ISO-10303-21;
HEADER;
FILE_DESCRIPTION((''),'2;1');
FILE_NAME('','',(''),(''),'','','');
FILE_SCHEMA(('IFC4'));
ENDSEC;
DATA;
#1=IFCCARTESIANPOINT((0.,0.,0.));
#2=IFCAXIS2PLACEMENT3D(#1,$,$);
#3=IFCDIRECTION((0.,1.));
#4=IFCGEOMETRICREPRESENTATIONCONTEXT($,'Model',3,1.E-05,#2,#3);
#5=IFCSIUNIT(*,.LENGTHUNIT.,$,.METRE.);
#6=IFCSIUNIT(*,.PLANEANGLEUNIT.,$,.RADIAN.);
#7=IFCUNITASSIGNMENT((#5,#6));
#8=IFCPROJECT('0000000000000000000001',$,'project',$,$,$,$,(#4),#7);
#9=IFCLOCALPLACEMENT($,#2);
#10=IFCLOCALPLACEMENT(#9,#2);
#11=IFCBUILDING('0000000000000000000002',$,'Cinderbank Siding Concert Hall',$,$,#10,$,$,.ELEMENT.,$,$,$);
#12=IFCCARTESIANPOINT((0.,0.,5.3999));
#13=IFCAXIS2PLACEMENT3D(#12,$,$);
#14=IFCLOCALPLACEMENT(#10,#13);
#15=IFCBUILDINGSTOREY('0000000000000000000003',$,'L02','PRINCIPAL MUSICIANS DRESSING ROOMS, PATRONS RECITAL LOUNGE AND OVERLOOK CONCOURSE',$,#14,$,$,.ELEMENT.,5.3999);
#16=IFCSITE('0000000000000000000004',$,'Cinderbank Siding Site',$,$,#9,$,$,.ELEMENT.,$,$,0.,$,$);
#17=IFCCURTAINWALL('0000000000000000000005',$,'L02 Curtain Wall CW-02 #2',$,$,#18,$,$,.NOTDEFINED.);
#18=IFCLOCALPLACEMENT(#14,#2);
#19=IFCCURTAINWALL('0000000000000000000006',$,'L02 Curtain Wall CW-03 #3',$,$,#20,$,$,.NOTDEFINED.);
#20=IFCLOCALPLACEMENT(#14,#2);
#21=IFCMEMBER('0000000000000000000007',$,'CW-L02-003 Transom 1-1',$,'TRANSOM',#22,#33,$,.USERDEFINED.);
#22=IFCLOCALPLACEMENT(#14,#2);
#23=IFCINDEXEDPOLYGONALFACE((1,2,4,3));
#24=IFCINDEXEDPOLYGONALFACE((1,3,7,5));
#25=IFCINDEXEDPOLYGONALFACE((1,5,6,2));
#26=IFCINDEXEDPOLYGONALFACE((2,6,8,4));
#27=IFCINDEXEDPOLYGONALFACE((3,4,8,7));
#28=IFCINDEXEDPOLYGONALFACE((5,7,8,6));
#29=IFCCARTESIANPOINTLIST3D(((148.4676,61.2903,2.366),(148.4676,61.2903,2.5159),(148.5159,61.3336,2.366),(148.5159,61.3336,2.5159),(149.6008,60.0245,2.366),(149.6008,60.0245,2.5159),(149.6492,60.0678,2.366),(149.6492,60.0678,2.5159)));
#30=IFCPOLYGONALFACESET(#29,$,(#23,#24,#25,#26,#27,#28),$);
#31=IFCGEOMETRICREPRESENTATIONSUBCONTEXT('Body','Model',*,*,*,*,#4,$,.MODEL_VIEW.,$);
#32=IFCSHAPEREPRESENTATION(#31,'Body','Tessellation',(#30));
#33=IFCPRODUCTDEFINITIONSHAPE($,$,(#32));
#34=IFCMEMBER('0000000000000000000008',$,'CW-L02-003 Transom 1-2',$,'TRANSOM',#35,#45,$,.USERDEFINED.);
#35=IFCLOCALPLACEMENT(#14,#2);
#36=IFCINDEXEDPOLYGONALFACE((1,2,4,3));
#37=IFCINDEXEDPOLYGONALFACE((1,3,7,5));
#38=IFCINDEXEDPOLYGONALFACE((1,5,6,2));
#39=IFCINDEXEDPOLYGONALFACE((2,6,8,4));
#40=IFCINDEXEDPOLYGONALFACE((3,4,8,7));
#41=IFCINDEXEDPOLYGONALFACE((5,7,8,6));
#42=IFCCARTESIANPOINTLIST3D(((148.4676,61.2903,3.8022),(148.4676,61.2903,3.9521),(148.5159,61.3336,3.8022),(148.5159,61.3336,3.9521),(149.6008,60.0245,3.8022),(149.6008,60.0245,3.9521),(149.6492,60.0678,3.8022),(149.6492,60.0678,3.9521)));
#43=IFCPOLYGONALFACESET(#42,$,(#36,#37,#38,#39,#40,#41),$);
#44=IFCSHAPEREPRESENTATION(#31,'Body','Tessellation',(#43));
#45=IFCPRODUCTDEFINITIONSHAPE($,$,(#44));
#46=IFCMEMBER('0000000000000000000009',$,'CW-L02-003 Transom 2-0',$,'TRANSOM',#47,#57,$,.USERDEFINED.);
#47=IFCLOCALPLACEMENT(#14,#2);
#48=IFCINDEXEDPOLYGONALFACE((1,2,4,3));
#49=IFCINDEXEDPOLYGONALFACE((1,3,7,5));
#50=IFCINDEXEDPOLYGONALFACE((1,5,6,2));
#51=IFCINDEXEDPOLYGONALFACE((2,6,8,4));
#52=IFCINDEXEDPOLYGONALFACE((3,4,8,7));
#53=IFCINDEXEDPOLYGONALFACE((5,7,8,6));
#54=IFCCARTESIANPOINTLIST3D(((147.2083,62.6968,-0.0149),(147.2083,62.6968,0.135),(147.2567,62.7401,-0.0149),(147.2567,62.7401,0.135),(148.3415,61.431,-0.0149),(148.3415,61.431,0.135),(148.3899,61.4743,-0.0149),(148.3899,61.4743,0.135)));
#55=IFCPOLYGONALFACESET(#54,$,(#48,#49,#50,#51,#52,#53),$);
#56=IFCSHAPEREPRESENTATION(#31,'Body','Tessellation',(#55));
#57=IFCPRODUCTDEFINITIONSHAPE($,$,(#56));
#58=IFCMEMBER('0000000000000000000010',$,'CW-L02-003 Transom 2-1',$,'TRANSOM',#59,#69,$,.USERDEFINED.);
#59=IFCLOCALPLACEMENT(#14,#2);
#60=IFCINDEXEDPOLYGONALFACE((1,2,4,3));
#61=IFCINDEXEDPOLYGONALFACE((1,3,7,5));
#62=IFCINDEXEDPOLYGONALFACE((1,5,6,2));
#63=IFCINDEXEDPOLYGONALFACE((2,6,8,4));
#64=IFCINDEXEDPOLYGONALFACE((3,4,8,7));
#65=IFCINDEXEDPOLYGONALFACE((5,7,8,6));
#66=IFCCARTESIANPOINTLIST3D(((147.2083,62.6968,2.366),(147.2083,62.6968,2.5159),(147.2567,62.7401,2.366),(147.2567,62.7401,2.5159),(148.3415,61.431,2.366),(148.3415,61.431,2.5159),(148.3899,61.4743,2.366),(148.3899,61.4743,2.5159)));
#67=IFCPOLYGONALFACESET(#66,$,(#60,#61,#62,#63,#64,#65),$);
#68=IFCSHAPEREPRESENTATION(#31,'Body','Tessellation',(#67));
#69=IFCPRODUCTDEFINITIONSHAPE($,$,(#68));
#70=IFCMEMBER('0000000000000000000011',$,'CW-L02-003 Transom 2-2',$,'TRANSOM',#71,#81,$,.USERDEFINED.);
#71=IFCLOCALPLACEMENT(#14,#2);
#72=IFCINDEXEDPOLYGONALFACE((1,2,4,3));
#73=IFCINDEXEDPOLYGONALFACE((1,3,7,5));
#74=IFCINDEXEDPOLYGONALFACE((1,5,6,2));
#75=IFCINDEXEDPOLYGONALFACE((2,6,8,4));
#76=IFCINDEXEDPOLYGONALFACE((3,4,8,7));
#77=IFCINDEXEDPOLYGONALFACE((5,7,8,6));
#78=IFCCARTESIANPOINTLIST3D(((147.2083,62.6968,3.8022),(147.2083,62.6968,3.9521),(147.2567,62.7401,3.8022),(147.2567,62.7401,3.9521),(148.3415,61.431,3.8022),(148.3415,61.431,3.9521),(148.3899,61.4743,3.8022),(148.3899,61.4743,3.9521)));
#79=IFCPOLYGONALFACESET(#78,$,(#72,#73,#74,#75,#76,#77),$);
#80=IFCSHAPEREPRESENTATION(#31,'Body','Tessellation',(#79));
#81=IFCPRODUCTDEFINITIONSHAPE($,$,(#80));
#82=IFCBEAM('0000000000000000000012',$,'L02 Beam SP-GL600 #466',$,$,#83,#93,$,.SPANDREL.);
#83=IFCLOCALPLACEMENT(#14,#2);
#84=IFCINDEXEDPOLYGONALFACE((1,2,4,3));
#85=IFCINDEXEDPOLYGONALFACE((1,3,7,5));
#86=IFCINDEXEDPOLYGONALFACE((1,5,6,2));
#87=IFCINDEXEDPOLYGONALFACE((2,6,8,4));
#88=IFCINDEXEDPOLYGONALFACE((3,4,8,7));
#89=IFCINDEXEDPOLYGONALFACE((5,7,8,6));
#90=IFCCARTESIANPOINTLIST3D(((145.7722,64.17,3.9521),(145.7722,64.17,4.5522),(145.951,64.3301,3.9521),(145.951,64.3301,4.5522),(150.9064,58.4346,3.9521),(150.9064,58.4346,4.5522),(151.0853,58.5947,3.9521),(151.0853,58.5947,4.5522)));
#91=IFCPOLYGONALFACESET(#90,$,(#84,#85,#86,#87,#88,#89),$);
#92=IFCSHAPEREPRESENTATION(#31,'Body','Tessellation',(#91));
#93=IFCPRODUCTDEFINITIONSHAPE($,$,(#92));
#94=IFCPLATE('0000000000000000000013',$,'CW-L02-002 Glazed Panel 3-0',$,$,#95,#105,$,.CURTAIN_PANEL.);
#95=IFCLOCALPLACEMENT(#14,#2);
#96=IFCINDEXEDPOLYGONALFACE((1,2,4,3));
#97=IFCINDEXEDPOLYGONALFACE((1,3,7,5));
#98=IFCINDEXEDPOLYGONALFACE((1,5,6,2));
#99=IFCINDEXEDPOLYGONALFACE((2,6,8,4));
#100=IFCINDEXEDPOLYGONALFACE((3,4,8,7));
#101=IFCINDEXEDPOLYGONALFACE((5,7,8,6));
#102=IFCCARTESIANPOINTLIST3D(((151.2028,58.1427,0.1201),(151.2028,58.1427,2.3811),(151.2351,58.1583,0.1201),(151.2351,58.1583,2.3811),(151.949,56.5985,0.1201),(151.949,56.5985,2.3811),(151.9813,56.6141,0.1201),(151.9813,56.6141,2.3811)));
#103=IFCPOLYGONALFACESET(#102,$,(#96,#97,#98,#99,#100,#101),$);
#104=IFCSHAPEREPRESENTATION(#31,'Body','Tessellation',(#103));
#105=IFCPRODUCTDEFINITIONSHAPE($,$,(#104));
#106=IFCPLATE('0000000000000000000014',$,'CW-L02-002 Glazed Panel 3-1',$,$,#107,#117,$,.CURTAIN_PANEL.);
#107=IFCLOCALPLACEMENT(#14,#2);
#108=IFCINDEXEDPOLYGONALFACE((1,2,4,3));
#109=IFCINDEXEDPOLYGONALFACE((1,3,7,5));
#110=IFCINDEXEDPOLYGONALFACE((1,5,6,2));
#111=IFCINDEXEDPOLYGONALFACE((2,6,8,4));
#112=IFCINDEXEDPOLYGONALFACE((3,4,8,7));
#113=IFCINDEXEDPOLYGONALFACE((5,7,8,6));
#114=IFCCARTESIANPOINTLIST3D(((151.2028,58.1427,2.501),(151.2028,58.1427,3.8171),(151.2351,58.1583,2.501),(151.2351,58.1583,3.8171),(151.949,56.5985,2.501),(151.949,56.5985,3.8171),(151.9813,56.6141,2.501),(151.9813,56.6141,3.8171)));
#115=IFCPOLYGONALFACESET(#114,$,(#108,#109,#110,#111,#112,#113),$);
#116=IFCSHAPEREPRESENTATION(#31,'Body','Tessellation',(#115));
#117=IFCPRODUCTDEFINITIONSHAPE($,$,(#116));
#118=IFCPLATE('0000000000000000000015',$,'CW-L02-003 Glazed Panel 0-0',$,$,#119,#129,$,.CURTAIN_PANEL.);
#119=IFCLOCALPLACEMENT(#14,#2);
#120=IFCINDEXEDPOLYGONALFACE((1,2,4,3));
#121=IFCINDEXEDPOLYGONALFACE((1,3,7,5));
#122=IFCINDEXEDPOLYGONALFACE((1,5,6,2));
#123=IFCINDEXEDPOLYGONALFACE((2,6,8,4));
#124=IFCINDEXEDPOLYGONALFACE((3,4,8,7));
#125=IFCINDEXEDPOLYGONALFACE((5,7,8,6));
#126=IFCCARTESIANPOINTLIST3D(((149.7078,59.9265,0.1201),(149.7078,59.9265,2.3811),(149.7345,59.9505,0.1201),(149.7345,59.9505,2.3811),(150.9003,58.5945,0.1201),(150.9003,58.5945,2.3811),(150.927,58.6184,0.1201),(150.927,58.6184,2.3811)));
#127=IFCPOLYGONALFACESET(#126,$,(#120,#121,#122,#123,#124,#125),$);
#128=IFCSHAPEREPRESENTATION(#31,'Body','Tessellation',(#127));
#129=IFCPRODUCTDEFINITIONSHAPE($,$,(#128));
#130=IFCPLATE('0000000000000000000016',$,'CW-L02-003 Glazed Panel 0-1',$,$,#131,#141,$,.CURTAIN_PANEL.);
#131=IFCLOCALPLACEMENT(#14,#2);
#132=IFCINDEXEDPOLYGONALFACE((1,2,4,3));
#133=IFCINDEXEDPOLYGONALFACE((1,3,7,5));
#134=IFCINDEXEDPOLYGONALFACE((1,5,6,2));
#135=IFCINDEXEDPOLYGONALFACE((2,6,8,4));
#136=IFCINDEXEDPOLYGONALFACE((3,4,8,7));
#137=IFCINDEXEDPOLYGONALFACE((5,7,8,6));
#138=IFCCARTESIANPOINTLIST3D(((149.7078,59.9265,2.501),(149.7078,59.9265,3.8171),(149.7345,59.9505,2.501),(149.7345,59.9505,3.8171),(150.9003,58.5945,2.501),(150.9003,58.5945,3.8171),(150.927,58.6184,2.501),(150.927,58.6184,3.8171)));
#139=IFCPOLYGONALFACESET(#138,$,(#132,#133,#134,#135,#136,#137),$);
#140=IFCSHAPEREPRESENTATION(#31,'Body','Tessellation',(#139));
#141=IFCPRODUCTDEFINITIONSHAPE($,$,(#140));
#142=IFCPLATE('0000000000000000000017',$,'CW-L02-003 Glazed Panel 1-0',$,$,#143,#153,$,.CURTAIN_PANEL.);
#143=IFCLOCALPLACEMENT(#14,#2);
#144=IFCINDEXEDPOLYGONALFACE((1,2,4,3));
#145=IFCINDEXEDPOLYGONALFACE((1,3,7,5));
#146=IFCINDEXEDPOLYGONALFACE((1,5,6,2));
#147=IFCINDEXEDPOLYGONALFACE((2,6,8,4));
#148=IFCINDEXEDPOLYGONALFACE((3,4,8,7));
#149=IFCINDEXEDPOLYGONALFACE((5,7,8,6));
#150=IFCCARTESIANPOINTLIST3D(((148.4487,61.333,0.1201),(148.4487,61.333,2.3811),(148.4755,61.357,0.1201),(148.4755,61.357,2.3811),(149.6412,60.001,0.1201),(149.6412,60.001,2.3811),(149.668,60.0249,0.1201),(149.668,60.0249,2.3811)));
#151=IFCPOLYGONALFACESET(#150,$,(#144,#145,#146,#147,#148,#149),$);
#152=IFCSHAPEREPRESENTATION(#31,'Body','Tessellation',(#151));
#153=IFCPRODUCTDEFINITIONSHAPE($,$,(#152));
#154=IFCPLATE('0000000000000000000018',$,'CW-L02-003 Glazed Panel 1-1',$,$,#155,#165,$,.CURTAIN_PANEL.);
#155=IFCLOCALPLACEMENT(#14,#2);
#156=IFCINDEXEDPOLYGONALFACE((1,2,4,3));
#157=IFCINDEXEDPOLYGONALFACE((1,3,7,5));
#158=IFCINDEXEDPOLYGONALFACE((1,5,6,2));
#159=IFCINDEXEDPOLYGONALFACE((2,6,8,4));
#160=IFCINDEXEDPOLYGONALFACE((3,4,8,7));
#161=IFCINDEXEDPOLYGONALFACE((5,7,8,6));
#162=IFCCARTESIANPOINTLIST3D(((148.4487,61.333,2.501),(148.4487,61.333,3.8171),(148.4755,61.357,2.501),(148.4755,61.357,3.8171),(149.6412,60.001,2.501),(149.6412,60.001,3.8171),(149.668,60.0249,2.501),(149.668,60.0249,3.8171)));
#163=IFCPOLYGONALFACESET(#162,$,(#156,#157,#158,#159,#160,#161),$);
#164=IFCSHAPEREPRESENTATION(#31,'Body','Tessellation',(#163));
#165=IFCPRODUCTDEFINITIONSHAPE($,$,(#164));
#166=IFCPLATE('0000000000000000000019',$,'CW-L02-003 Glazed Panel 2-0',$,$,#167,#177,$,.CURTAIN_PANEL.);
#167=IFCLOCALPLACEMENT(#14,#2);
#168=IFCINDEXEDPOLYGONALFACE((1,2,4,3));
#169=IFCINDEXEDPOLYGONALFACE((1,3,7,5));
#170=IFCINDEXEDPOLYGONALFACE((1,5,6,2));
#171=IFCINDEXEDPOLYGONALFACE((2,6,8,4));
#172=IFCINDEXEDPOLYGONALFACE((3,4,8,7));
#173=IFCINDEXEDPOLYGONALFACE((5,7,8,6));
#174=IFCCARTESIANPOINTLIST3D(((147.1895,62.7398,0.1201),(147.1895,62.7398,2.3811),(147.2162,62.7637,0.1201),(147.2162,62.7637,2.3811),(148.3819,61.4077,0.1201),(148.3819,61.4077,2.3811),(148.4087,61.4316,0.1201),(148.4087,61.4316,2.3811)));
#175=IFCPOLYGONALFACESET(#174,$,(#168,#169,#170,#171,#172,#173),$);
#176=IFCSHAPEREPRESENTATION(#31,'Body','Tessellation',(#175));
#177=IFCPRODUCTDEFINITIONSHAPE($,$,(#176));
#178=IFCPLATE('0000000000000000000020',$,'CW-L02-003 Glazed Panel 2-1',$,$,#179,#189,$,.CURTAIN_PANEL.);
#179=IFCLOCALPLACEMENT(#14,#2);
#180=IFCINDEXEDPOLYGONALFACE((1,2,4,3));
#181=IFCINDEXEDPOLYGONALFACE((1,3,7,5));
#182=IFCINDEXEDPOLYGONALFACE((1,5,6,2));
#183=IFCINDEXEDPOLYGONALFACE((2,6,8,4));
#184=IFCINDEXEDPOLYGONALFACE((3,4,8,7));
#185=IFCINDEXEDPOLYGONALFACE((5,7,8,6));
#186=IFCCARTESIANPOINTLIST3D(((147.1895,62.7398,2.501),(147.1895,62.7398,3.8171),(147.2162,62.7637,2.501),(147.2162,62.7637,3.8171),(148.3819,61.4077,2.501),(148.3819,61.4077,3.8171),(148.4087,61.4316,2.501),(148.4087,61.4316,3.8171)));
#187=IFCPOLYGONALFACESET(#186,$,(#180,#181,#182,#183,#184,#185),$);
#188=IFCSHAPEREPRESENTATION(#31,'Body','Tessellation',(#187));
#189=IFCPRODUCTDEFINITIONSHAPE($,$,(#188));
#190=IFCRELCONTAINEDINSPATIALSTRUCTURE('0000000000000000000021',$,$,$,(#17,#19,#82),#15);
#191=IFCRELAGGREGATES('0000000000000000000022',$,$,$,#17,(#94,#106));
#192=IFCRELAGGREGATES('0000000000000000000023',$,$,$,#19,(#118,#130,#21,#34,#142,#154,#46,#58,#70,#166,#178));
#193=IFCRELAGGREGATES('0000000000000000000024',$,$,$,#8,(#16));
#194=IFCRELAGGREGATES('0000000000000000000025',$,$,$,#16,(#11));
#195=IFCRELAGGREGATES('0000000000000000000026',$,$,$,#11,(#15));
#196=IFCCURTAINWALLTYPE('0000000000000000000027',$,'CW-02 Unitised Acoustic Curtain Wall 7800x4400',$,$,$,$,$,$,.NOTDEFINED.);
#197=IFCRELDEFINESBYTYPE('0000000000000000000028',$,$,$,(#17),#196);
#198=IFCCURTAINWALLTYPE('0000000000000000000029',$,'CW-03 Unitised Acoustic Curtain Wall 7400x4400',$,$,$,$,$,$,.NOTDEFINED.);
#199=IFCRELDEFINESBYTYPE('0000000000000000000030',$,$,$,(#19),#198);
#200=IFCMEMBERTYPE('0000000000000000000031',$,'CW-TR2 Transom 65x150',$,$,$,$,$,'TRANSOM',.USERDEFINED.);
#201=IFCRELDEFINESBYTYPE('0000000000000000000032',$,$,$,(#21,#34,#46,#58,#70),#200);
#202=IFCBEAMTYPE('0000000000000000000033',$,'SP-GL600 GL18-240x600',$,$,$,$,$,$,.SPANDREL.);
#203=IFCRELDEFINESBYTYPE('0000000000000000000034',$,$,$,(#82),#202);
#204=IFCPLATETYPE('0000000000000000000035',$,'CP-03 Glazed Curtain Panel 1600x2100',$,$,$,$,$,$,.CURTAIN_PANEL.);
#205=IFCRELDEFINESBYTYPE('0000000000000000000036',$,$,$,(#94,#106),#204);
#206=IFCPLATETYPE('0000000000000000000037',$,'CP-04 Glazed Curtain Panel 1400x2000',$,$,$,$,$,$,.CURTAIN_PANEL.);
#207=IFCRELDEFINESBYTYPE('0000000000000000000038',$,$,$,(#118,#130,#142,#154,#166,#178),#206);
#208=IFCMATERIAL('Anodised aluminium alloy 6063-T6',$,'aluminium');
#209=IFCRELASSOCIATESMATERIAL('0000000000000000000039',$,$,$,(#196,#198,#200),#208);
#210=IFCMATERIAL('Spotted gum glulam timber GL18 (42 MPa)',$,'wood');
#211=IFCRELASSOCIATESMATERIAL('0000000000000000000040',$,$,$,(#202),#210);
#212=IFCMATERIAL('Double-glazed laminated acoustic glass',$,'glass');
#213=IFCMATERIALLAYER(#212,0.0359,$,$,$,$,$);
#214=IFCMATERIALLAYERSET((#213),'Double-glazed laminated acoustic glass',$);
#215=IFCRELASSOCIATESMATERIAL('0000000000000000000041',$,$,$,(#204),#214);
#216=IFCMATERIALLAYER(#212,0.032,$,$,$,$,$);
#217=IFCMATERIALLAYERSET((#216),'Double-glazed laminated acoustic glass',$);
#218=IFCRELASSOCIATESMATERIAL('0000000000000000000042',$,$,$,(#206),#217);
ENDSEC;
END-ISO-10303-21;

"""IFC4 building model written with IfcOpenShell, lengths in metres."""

from ifc_helpers import new_model, si_unit, direction, frame, origin, origin_2d, place, context, subcontext, project, spatial, rectangle, extrude, material, layer, layer_set, material_profile, profile_set, type_object, element, aggregate, save


model = new_model("IFC4")

# Units and contexts
model_context = context("Model", 3, precision=1e-05, world=origin(), true_north=direction((0.0, 1.0)))
body_context = subcontext(model_context, "Body", "Model", "MODEL_VIEW")
ifc_project = project(units=[si_unit("LENGTHUNIT", "METRE"), si_unit("PLANEANGLEUNIT", "RADIAN")], contexts=[model_context])

# Site, building, storey
site_placement = place(None, origin())
site = spatial("IfcSite", under=ifc_project, at=site_placement, Name="Cinderbank Siding Site", CompositionType="ELEMENT", RefElevation=0.0)
building_placement = place(site_placement, origin())
building = spatial("IfcBuilding", under=site, at=building_placement, Name="Cinderbank Siding Concert Hall", CompositionType="ELEMENT")
storey_placement = place(building_placement, frame((0.0, 0.0, 5.3999)))
storey = spatial("IfcBuildingStorey", under=building, at=storey_placement, Name="L02", Description="PRINCIPAL MUSICIANS DRESSING ROOMS, PATRONS RECITAL LOUNGE AND OVERLOOK CONCOURSE", CompositionType="ELEMENT", Elevation=5.3999)

# Curtain wall
ifc_material_1 = material(Name="Anodised aluminium alloy 6063-T6", Category="aluminium")
curtain_wall_type_1 = type_object("IfcCurtainWallType", Name="CW-02 Unitised Acoustic Curtain Wall 7800x4400", PredefinedType="NOTDEFINED", material=ifc_material_1)
curtain_wall_1_placement = place(storey_placement, origin())
curtain_wall_1 = element("IfcCurtainWall", 1, at=curtain_wall_1_placement, inside=storey, type_object=curtain_wall_type_1, Name="L02 Curtain Wall CW-02 #2", PredefinedType="NOTDEFINED")

# Curtain wall
curtain_wall_type_2 = type_object("IfcCurtainWallType", Name="CW-03 Unitised Acoustic Curtain Wall 7400x4400", PredefinedType="NOTDEFINED", material=ifc_material_1)
curtain_wall_2_placement = place(storey_placement, origin())
curtain_wall_2 = element("IfcCurtainWall", 2, at=curtain_wall_2_placement, inside=storey, type_object=curtain_wall_type_2, Name="L02 Curtain Wall CW-03 #3", PredefinedType="NOTDEFINED")

# Members
ifc_material_profile_1 = material_profile(ifc_material_1, rectangle(XDim=0.0649, YDim=0.1499, at=origin_2d()), Name="ALU-TRAN-65x150", Category="LoadBearing")
ifc_profile_set_1 = profile_set([ifc_material_profile_1], Name="Anodised aluminium alloy 6063-T6")
member_type_1 = type_object("IfcMemberType", Name="CW-TR2 Transom 65x150", ElementType="TRANSOM", PredefinedType="USERDEFINED", material=ifc_profile_set_1)
member_1_placement = place(storey_placement, frame((149.625, 60.0461, 2.4409), z_axis=(-0.667017, 0.745042, 0.0), x_axis=(-0.745042, -0.667017, 0.0)))
member_1 = element("IfcMember", 3, at=member_1_placement, type_object=member_type_1, Name="CW-L02-003 Transom 1-1", ObjectType="TRANSOM", PredefinedType="USERDEFINED", context=body_context, shape_type="SweptSolid", body=[
    extrude(rectangle(XDim=0.0649, YDim=0.1499, at=origin_2d()), origin(), (0.0, 0.0, 1.0), 1.699),
])
member_2_placement = place(storey_placement, frame((149.625, 60.0461, 3.8772), z_axis=(-0.667017, 0.745042, 0.0), x_axis=(-0.745042, -0.667017, 0.0)))
member_2 = element("IfcMember", 4, at=member_2_placement, type_object=member_type_1, Name="CW-L02-003 Transom 1-2", ObjectType="TRANSOM", PredefinedType="USERDEFINED", context=body_context, shape_type="SweptSolid", body=[
    extrude(rectangle(XDim=0.0649, YDim=0.1499, at=origin_2d()), origin(), (0.0, 0.0, 1.0), 1.699),
])
member_3_placement = place(storey_placement, frame((148.3657, 61.4526, 0.0601), z_axis=(-0.667017, 0.745042, 0.0), x_axis=(-0.745042, -0.667017, 0.0)))
member_3 = element("IfcMember", 5, at=member_3_placement, type_object=member_type_1, Name="CW-L02-003 Transom 2-0", ObjectType="TRANSOM", PredefinedType="USERDEFINED", context=body_context, shape_type="SweptSolid", body=[
    extrude(rectangle(XDim=0.0649, YDim=0.1499, at=origin_2d()), origin(), (0.0, 0.0, 1.0), 1.699),
])
member_4_placement = place(storey_placement, frame((148.3657, 61.4526, 2.4409), z_axis=(-0.667017, 0.745042, 0.0), x_axis=(-0.745042, -0.667017, 0.0)))
member_4 = element("IfcMember", 6, at=member_4_placement, type_object=member_type_1, Name="CW-L02-003 Transom 2-1", ObjectType="TRANSOM", PredefinedType="USERDEFINED", context=body_context, shape_type="SweptSolid", body=[
    extrude(rectangle(XDim=0.0649, YDim=0.1499, at=origin_2d()), origin(), (0.0, 0.0, 1.0), 1.699),
])
member_5_placement = place(storey_placement, frame((148.3657, 61.4526, 3.8772), z_axis=(-0.667017, 0.745042, 0.0), x_axis=(-0.745042, -0.667017, 0.0)))
member_5 = element("IfcMember", 7, at=member_5_placement, type_object=member_type_1, Name="CW-L02-003 Transom 2-2", ObjectType="TRANSOM", PredefinedType="USERDEFINED", context=body_context, shape_type="SweptSolid", body=[
    extrude(rectangle(XDim=0.0649, YDim=0.1499, at=origin_2d()), origin(), (0.0, 0.0, 1.0), 1.699),
])

# Beam
ifc_material_2 = material(Name="Spotted gum glulam timber GL18 (42 MPa)", Category="wood")
ifc_material_profile_2 = material_profile(ifc_material_2, rectangle(XDim=0.24, YDim=0.6001, at=origin_2d()), Name="GL18-240x600", Category="LoadBearing")
ifc_profile_set_2 = profile_set([ifc_material_profile_2], Name="Spotted gum glulam timber GL18 (42 MPa)")
beam_type_1 = type_object("IfcBeamType", Name="SP-GL600 GL18-240x600", PredefinedType="SPANDREL", material=ifc_profile_set_2)
beam_1_placement = place(storey_placement, frame((150.9958, 58.5146, 4.2522), z_axis=(-0.666986, 0.74507, 0.0), x_axis=(-0.74507, -0.666986, 0.0)))
element("IfcBeam", 8, at=beam_1_placement, inside=storey, type_object=beam_type_1, Name="L02 Beam SP-GL600 #466", PredefinedType="SPANDREL", context=body_context, shape_type="SweptSolid", body=[
    extrude(rectangle(XDim=0.24, YDim=0.6001, at=origin_2d()), origin(), (0.0, 0.0, 1.0), 7.6978),
])

# Plates
ifc_material_3 = material(Name="Double-glazed laminated acoustic glass", Category="glass")
ifc_layer_1 = layer(ifc_material_3, 0.0359)
ifc_layer_set_1 = layer_set([ifc_layer_1], Name="Double-glazed laminated acoustic glass")
plate_type_1 = type_object("IfcPlateType", Name="CP-03 Glazed Curtain Panel 1600x2100", PredefinedType="CURTAIN_PANEL", material=ifc_layer_set_1)
plate_1_placement = place(storey_placement, frame((151.592, 57.3784, 0.1201), z_axis=(0.0, 0.0, 1.0), x_axis=(-0.435102, 0.900381, 0.0)))
plate_1 = element("IfcPlate", 9, at=plate_1_placement, type_object=plate_type_1, Name="CW-L02-002 Glazed Panel 3-0", PredefinedType="CURTAIN_PANEL", context=body_context, shape_type="SweptSolid", body=[
    extrude(rectangle(XDim=1.7151, YDim=0.0359, at=origin_2d()), origin(), (0.0, 0.0, 1.0), 2.261),
])
plate_2_placement = place(storey_placement, frame((151.592, 57.3784, 2.501), z_axis=(0.0, 0.0, 1.0), x_axis=(-0.435102, 0.900381, 0.0)))
plate_2 = element("IfcPlate", 10, at=plate_2_placement, type_object=plate_type_1, Name="CW-L02-002 Glazed Panel 3-1", PredefinedType="CURTAIN_PANEL", context=body_context, shape_type="SweptSolid", body=[
    extrude(rectangle(XDim=1.7151, YDim=0.0359, at=origin_2d()), origin(), (0.0, 0.0, 1.0), 1.3162),
])
aggregate(curtain_wall_1, [plate_1, plate_2])
ifc_layer_2 = layer(ifc_material_3, 0.032)
ifc_layer_set_2 = layer_set([ifc_layer_2], Name="Double-glazed laminated acoustic glass")
plate_type_2 = type_object("IfcPlateType", Name="CP-04 Glazed Curtain Panel 1400x2000", PredefinedType="CURTAIN_PANEL", material=ifc_layer_set_2)
plate_3_placement = place(storey_placement, frame((150.3174, 59.2725, 0.1201), z_axis=(0.0, 0.0, 1.0), x_axis=(-0.666993, 0.745064, 0.0)))
plate_3 = element("IfcPlate", 11, at=plate_3_placement, type_object=plate_type_2, Name="CW-L02-003 Glazed Panel 0-0", PredefinedType="CURTAIN_PANEL", context=body_context, shape_type="SweptSolid", body=[
    extrude(rectangle(XDim=1.7878, YDim=0.0359, at=origin_2d()), origin(), (0.0, 0.0, 1.0), 2.261),
])
plate_4_placement = place(storey_placement, frame((150.3174, 59.2725, 2.501), z_axis=(0.0, 0.0, 1.0), x_axis=(-0.666993, 0.745064, 0.0)))
plate_4 = element("IfcPlate", 12, at=plate_4_placement, type_object=plate_type_2, Name="CW-L02-003 Glazed Panel 0-1", PredefinedType="CURTAIN_PANEL", context=body_context, shape_type="SweptSolid", body=[
    extrude(rectangle(XDim=1.7878, YDim=0.0359, at=origin_2d()), origin(), (0.0, 0.0, 1.0), 1.3162),
])
plate_5_placement = place(storey_placement, frame((149.0583, 60.679, 0.1201), z_axis=(0.0, 0.0, 1.0), x_axis=(-0.666993, 0.745064, 0.0)))
plate_5 = element("IfcPlate", 13, at=plate_5_placement, type_object=plate_type_2, Name="CW-L02-003 Glazed Panel 1-0", PredefinedType="CURTAIN_PANEL", context=body_context, shape_type="SweptSolid", body=[
    extrude(rectangle(XDim=1.7878, YDim=0.0359, at=origin_2d()), origin(), (0.0, 0.0, 1.0), 2.261),
])
plate_6_placement = place(storey_placement, frame((149.0583, 60.679, 2.501), z_axis=(0.0, 0.0, 1.0), x_axis=(-0.666993, 0.745064, 0.0)))
plate_6 = element("IfcPlate", 14, at=plate_6_placement, type_object=plate_type_2, Name="CW-L02-003 Glazed Panel 1-1", PredefinedType="CURTAIN_PANEL", context=body_context, shape_type="SweptSolid", body=[
    extrude(rectangle(XDim=1.7878, YDim=0.0359, at=origin_2d()), origin(), (0.0, 0.0, 1.0), 1.3162),
])
plate_7_placement = place(storey_placement, frame((147.7991, 62.0857, 0.1201), z_axis=(0.0, 0.0, 1.0), x_axis=(-0.666993, 0.745064, 0.0)))
plate_7 = element("IfcPlate", 15, at=plate_7_placement, type_object=plate_type_2, Name="CW-L02-003 Glazed Panel 2-0", PredefinedType="CURTAIN_PANEL", context=body_context, shape_type="SweptSolid", body=[
    extrude(rectangle(XDim=1.7878, YDim=0.0359, at=origin_2d()), origin(), (0.0, 0.0, 1.0), 2.261),
])
plate_8_placement = place(storey_placement, frame((147.7991, 62.0857, 2.501), z_axis=(0.0, 0.0, 1.0), x_axis=(-0.666993, 0.745064, 0.0)))
plate_8 = element("IfcPlate", 16, at=plate_8_placement, type_object=plate_type_2, Name="CW-L02-003 Glazed Panel 2-1", PredefinedType="CURTAIN_PANEL", context=body_context, shape_type="SweptSolid", body=[
    extrude(rectangle(XDim=1.7878, YDim=0.0359, at=origin_2d()), origin(), (0.0, 0.0, 1.0), 1.3162),
])
aggregate(curtain_wall_2, [plate_3, plate_4, member_1, member_2, plate_5, plate_6, member_3, member_4, member_5, plate_7, plate_8])

save(model, "model.ifc")
